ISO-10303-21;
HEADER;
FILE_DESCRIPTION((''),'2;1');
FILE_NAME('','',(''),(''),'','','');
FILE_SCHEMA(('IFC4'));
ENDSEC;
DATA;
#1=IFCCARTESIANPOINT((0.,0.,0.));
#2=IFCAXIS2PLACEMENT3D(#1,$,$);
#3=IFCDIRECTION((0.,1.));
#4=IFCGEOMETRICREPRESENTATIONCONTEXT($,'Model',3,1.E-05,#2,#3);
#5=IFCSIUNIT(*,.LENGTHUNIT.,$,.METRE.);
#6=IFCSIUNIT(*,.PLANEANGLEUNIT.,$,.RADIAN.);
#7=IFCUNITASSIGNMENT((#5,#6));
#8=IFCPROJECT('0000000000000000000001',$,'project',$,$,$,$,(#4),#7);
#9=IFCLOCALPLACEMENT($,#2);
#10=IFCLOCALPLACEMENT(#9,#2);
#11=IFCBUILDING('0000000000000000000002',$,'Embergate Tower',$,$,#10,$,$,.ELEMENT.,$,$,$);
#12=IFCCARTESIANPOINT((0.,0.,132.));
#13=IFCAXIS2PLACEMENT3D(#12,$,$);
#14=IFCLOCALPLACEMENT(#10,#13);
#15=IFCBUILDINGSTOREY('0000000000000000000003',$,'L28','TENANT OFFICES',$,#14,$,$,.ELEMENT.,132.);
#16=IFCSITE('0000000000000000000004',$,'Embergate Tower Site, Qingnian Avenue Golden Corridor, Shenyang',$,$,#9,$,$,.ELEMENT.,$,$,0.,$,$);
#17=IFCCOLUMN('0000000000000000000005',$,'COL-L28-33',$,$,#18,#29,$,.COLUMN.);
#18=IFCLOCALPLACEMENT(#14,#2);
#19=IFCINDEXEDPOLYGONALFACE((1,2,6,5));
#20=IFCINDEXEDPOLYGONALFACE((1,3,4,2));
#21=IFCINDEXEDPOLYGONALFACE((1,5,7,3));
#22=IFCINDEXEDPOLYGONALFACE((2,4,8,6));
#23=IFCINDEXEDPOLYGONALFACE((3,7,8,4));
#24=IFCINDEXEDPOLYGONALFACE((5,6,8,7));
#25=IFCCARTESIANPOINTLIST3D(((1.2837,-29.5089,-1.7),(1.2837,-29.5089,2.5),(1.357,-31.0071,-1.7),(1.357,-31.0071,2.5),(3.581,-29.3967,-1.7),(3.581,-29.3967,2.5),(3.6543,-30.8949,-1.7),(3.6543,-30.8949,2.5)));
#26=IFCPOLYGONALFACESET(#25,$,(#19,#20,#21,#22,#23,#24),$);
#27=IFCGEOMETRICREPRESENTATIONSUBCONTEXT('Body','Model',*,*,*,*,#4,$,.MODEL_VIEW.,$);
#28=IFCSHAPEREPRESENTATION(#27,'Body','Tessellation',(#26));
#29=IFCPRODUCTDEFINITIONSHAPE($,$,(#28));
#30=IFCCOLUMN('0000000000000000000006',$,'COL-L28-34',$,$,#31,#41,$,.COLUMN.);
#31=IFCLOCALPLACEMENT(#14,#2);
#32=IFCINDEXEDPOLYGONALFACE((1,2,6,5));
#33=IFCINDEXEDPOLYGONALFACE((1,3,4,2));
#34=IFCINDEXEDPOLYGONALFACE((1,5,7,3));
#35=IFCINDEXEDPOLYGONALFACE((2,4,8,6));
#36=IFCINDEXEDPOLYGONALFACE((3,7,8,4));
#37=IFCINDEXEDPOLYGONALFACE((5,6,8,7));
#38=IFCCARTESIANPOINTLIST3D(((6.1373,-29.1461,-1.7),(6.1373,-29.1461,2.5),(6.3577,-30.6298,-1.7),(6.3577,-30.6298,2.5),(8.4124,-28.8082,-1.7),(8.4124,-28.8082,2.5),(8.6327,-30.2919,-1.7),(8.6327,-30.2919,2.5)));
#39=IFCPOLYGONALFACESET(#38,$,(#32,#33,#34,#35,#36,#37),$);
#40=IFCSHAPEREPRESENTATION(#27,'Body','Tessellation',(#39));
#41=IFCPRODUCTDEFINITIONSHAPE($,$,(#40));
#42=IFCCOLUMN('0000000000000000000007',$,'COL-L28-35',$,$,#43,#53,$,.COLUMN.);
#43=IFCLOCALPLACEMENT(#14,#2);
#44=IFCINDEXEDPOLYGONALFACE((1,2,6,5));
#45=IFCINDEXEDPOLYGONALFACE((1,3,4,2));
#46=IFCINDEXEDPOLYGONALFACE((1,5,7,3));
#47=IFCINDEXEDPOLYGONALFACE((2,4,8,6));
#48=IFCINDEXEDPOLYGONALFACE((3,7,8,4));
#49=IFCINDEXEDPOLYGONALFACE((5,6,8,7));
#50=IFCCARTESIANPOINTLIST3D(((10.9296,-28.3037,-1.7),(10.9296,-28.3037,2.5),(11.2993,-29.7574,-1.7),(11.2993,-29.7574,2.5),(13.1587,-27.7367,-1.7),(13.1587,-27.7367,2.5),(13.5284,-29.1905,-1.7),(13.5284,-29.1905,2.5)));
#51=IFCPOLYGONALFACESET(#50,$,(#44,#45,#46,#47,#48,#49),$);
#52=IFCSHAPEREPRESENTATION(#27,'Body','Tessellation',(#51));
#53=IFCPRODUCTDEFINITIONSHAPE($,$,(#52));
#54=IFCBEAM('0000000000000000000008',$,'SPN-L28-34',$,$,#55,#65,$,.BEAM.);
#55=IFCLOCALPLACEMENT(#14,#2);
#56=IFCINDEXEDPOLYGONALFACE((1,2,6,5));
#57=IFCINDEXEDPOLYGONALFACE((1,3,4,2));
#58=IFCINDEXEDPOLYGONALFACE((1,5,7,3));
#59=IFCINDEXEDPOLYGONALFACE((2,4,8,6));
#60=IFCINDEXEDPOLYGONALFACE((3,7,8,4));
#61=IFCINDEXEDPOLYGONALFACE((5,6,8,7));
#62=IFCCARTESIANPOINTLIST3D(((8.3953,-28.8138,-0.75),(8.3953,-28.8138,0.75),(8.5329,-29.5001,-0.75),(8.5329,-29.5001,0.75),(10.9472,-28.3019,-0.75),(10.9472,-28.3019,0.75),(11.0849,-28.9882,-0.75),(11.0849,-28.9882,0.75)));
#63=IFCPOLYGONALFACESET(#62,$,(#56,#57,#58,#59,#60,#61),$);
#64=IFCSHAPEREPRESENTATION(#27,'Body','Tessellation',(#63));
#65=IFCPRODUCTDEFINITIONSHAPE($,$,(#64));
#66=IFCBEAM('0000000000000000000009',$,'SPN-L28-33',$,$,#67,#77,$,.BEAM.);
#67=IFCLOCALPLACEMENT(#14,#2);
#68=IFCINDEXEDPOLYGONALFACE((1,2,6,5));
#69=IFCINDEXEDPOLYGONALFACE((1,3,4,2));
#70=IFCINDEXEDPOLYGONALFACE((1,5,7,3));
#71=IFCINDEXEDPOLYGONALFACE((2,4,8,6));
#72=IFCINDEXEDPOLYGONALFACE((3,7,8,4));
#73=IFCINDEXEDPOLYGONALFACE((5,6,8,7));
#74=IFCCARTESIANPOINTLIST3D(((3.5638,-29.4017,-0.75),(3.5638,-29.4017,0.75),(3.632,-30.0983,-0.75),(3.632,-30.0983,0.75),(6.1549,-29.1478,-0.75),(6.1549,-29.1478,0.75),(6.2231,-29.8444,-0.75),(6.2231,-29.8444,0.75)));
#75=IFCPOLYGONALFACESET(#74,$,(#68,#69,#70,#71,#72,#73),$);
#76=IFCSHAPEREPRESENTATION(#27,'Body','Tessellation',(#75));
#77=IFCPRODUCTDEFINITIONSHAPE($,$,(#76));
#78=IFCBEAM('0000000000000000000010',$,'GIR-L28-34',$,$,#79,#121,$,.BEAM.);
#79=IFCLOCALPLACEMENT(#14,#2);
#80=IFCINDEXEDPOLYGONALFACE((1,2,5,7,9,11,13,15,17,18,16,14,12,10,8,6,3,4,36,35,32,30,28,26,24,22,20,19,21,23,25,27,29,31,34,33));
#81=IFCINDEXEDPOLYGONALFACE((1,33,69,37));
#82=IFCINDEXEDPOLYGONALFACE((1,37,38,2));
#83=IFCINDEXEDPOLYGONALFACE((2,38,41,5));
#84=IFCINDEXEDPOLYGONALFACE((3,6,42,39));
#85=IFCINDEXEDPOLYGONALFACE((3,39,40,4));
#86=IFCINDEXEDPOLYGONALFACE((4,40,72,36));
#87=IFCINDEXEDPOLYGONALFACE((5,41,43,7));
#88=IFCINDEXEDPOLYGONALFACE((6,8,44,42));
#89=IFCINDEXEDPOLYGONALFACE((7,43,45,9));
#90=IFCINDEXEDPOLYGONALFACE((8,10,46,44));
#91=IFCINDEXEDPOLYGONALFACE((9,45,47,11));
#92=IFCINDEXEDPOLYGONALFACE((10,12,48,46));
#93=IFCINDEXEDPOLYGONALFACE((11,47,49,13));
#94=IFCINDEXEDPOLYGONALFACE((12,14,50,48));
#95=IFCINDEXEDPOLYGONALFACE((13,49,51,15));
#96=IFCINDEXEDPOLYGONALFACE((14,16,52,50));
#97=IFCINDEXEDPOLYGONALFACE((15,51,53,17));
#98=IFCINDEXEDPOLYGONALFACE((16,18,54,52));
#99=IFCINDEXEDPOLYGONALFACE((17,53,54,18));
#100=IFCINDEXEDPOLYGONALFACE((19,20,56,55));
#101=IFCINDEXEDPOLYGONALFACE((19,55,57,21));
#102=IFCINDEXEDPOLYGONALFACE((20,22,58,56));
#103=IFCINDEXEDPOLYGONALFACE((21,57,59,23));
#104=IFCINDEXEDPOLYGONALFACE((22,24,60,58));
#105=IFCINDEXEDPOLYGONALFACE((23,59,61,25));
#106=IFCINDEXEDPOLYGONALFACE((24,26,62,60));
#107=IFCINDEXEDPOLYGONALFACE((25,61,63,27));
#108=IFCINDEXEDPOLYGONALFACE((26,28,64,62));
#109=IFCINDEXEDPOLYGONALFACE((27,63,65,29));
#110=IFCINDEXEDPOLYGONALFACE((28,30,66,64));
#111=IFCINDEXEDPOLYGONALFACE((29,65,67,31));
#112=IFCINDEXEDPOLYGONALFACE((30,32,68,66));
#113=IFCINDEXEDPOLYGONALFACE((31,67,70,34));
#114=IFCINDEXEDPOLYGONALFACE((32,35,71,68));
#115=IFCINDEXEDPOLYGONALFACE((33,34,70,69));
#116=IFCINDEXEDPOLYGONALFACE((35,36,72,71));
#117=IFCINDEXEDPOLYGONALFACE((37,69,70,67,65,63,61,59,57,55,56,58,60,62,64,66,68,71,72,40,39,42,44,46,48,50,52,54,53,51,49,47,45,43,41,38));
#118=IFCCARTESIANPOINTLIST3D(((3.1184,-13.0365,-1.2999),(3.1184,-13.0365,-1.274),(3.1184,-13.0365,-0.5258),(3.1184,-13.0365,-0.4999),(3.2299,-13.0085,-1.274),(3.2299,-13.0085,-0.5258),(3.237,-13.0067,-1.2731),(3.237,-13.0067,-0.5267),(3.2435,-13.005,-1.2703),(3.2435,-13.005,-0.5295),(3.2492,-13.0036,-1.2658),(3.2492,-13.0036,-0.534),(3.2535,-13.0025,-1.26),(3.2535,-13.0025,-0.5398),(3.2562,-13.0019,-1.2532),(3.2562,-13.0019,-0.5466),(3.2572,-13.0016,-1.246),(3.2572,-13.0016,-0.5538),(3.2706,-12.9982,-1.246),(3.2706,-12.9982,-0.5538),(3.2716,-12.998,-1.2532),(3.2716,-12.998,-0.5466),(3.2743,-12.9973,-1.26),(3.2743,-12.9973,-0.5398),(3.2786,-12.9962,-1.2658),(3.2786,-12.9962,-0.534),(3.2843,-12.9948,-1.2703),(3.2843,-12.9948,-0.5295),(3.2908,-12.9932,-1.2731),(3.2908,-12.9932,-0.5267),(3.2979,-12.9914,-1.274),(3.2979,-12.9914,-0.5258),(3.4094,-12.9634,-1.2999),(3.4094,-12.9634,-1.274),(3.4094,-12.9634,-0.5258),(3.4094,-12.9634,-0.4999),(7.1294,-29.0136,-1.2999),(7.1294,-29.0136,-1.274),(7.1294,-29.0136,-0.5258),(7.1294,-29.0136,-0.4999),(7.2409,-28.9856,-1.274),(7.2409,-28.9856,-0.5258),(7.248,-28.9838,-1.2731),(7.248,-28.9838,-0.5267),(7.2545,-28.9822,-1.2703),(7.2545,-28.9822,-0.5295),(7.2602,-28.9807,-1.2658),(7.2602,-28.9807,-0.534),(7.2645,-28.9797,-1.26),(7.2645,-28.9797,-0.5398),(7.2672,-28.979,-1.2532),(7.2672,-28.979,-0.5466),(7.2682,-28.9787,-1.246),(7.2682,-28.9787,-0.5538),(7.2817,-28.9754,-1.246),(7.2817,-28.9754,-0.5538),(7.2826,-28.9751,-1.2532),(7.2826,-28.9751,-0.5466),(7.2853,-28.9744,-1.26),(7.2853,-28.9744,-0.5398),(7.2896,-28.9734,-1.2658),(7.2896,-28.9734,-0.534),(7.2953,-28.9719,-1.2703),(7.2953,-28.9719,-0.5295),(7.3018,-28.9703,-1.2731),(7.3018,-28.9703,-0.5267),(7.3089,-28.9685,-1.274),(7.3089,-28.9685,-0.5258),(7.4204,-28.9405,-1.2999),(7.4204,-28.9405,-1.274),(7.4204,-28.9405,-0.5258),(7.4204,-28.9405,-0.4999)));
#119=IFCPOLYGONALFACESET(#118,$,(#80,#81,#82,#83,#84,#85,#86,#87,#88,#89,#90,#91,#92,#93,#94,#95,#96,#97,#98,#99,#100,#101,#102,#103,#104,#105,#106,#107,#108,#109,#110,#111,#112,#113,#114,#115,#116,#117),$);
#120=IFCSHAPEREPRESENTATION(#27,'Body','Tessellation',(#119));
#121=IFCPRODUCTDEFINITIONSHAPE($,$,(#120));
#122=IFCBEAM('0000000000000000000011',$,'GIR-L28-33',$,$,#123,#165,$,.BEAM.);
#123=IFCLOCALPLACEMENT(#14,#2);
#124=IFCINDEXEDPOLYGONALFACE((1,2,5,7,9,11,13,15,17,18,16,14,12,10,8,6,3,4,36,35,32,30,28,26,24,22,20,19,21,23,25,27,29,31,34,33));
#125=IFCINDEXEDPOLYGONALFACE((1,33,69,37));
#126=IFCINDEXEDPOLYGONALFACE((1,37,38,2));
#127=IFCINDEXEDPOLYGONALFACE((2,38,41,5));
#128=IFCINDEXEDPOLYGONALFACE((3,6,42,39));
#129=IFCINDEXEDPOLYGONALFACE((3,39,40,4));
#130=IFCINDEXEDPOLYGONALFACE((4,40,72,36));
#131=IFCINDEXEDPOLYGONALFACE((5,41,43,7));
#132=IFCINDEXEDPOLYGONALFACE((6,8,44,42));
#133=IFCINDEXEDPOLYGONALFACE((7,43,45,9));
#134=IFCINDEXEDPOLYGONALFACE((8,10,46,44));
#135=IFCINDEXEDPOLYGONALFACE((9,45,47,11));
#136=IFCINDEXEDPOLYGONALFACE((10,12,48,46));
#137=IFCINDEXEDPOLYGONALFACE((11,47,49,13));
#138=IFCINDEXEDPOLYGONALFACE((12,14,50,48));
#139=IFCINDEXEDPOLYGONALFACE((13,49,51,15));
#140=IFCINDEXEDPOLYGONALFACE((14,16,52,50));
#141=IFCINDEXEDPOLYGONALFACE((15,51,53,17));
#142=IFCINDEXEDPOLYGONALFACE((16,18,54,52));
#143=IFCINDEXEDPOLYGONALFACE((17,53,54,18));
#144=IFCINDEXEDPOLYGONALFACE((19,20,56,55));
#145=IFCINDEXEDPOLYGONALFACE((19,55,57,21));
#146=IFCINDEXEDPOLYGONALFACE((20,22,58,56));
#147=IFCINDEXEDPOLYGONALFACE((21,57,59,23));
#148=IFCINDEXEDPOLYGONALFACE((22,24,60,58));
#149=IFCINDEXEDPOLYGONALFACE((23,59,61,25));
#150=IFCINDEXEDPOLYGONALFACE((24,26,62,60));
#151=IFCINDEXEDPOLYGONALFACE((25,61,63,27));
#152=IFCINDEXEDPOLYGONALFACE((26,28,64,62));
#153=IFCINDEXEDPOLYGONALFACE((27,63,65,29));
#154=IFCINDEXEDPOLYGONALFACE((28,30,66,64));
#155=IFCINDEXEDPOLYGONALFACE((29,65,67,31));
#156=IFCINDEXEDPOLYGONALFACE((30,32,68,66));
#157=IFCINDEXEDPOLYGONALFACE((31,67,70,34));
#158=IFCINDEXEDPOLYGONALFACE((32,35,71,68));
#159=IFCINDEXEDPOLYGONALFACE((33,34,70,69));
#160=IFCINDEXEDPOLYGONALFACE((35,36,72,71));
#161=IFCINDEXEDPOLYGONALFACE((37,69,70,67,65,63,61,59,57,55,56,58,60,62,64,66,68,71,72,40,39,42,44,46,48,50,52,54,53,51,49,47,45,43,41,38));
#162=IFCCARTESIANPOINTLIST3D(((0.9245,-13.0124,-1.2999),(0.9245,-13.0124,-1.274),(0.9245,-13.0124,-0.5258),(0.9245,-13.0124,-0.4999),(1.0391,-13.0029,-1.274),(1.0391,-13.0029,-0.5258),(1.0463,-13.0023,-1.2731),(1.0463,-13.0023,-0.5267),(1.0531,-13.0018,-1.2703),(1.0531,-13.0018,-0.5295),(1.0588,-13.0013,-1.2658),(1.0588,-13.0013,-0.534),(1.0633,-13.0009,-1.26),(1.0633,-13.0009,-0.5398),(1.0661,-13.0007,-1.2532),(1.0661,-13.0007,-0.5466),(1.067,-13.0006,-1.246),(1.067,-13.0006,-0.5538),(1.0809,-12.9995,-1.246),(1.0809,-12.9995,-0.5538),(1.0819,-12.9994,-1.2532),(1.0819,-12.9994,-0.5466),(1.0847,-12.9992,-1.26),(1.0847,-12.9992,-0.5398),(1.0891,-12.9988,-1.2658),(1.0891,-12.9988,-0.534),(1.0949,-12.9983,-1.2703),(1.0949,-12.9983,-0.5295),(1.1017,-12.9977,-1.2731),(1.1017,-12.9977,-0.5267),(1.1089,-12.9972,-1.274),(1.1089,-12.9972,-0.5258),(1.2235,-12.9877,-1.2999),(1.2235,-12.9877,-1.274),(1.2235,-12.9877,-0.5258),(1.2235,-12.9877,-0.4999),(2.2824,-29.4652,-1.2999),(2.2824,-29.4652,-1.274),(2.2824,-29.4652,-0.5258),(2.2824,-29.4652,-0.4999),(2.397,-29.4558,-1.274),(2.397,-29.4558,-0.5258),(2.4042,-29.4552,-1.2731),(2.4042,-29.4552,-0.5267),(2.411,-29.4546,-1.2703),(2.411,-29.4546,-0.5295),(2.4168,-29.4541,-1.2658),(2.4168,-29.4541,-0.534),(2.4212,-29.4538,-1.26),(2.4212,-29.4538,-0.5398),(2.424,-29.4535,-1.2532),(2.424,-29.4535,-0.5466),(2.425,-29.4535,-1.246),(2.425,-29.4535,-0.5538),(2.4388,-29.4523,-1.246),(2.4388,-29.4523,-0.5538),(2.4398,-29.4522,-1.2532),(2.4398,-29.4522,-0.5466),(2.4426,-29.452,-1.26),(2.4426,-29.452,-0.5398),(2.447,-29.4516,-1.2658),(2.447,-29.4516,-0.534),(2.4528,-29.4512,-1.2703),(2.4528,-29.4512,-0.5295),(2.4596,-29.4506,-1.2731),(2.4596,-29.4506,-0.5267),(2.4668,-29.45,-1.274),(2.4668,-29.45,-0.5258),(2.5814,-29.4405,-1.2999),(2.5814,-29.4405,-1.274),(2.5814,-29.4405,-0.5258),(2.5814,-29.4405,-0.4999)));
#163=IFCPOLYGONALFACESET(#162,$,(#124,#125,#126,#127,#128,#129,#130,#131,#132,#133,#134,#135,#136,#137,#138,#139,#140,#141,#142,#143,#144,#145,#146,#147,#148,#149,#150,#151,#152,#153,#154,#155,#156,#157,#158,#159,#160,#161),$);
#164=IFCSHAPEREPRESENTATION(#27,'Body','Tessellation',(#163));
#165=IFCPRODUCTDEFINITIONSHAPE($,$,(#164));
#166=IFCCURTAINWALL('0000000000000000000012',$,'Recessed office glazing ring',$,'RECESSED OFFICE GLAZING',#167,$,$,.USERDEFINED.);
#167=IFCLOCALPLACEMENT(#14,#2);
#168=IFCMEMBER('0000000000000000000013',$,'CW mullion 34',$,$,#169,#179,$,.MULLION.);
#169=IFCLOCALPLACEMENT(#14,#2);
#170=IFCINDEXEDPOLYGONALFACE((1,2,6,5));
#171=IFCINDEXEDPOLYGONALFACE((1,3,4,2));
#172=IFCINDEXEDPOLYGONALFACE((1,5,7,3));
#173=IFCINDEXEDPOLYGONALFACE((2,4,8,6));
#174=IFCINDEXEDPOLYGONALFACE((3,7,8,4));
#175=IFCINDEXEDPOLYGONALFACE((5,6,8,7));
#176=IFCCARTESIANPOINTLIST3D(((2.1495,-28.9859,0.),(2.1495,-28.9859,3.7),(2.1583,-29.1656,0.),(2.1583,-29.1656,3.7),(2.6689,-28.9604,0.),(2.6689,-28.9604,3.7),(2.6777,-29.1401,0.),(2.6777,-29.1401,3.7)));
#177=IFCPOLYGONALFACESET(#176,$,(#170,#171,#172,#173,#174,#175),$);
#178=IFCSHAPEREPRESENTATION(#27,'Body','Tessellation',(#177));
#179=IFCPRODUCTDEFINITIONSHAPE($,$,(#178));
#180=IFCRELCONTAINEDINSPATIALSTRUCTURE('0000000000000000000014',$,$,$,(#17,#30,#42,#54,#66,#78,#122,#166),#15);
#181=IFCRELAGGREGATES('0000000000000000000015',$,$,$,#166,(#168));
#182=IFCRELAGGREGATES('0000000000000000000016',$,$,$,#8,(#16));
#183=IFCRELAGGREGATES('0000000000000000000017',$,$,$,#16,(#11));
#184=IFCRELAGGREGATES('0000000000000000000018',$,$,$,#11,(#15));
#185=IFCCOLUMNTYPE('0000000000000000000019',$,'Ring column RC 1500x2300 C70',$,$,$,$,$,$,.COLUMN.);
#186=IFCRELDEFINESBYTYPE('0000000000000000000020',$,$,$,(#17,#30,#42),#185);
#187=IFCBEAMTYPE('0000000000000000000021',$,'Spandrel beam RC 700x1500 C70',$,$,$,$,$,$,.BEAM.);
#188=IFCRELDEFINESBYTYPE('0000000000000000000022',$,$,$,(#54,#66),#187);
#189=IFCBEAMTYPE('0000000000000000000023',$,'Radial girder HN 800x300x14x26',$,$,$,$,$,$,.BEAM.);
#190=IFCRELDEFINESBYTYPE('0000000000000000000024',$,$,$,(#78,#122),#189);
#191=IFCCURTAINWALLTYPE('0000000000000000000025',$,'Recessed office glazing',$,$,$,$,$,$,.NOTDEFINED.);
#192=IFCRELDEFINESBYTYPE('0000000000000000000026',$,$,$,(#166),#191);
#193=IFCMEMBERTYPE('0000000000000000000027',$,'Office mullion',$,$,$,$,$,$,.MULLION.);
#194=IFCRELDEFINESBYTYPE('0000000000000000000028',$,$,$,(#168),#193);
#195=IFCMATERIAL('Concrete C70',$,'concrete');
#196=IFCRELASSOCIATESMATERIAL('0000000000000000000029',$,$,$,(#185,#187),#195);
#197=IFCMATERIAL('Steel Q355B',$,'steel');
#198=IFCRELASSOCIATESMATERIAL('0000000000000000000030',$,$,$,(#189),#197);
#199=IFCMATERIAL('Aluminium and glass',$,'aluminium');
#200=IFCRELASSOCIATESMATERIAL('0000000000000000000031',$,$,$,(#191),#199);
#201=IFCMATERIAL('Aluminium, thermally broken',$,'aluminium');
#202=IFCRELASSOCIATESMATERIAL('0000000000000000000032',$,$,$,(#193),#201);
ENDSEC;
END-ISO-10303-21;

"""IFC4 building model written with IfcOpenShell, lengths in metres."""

from ifc_helpers import new_model, si_unit, direction, frame, origin, origin_2d, place, context, subcontext, project, spatial, rectangle, i_section, extrude, source, transform, mapped, material, material_profile, profile_set, type_object, element, aggregate, save


model = new_model("IFC4")

# Units and contexts
model_context = context("Model", 3, precision=1e-05, world=origin(), true_north=direction((0.0, 1.0)))
body_context = subcontext(model_context, "Body", "Model", "MODEL_VIEW")
ifc_project = project(units=[si_unit("LENGTHUNIT", "METRE"), si_unit("PLANEANGLEUNIT", "RADIAN")], contexts=[model_context])

# Site, building, storey
site_placement = place(None, origin())
site = spatial("IfcSite", under=ifc_project, at=site_placement, Name="Embergate Tower Site, Qingnian Avenue Golden Corridor, Shenyang", CompositionType="ELEMENT", RefElevation=0.0)
building_placement = place(site_placement, origin())
building = spatial("IfcBuilding", under=site, at=building_placement, Name="Embergate Tower", CompositionType="ELEMENT")
storey_placement = place(building_placement, frame((0.0, 0.0, 132.0)))
storey = spatial("IfcBuildingStorey", under=building, at=storey_placement, Name="L28", Description="TENANT OFFICES", CompositionType="ELEMENT", Elevation=132.0)

# Columns
ifc_material_1 = material(Name="Concrete C70", Category="concrete")
ifc_material_profile_1 = material_profile(ifc_material_1, rectangle(XDim=1.5, YDim=2.3, at=origin_2d()), Name="RC 1500x2300")
ifc_profile_set_1 = profile_set([ifc_material_profile_1], Name="Concrete C70")
column_type = type_object("IfcColumnType", Name="Ring column RC 1500x2300 C70", PredefinedType="COLUMN", material=ifc_profile_set_1)
shared_shape_1 = source(origin(), body_context, "Body", "SweptSolid", [
    extrude(rectangle(XDim=1.5, YDim=2.3, at=origin_2d()), origin(), (0.0, 0.0, 1.0), 4.2),
])
for number, where, z_axis, x_axis, name in (
    (1, (2.469, -30.2019, -1.7), (0.0, 0.0, 1.0), (0.048815, -0.998808, 0.0), "COL-L28-33"),
    (2, (7.385, -29.719, -1.7), (0.0, 0.0, 1.0), (0.146929, -0.989147, 0.0), "COL-L28-34"),
    (3, (12.229, -28.7471, -1.7), (0.0, 0.0, 1.0), (0.246492, -0.969145, 0.0), "COL-L28-35"),
):
    element("IfcColumn", number, at=place(storey_placement, frame(where, z_axis=z_axis, x_axis=x_axis)), inside=storey, type_object=column_type, Name=name, PredefinedType="COLUMN", context=body_context, shape_type="MappedRepresentation", body=[
        mapped(shared_shape_1, transform((0.0, 0.0, 0.0))),
    ])

# Beams
ifc_material_profile_2 = material_profile(ifc_material_1, rectangle(XDim=0.7, YDim=1.5, at=origin_2d()), Name="RC 700x1500")
ifc_profile_set_2 = profile_set([ifc_material_profile_2], Name="Concrete C70")
beam_type_1 = type_object("IfcBeamType", Name="Spandrel beam RC 700x1500 C70", PredefinedType="BEAM", material=ifc_profile_set_2)
shared_shape_2 = source(origin(), body_context, "Body", "SweptSolid", [
    extrude(rectangle(XDim=0.7, YDim=1.5, at=origin_2d()), origin(), (0.0, 0.0, 1.0), 2.6028),
])
beam_1_placement = place(storey_placement, frame((8.4641, -29.157, 0.0), z_axis=(0.980465, 0.196693, 0.0), x_axis=(-0.196693, 0.980465, 0.0)))
element("IfcBeam", 4, at=beam_1_placement, inside=storey, type_object=beam_type_1, Name="SPN-L28-34", PredefinedType="BEAM", context=body_context, shape_type="MappedRepresentation", body=[
    mapped(shared_shape_2, transform((0.0, 0.0, 0.0))),
])
shared_shape_3 = source(origin(), body_context, "Body", "SweptSolid", [
    extrude(rectangle(XDim=0.7, YDim=1.5, at=origin_2d()), origin(), (0.0, 0.0, 1.0), 2.6035),
])
beam_2_placement = place(storey_placement, frame((3.5979, -29.75, 0.0), z_axis=(0.995233, 0.097526, 0.0), x_axis=(-0.097526, 0.995233, 0.0)))
element("IfcBeam", 5, at=beam_2_placement, inside=storey, type_object=beam_type_1, Name="SPN-L28-33", PredefinedType="BEAM", context=body_context, shape_type="MappedRepresentation", body=[
    mapped(shared_shape_3, transform((0.0, 0.0, 0.0))),
])
ifc_material_2 = material(Name="Steel Q355B", Category="steel")
ifc_material_profile_3 = material_profile(ifc_material_2, i_section(OverallWidth=0.3, OverallDepth=0.8, WebThickness=0.0139, FlangeThickness=0.0259, FilletRadius=0.0281, at=origin_2d()), Name="HN 800x300x14x26")
ifc_profile_set_3 = profile_set([ifc_material_profile_3], Name="Steel Q355 grade B")
beam_type_2 = type_object("IfcBeamType", Name="Radial girder HN 800x300x14x26", PredefinedType="BEAM", material=ifc_profile_set_3)
shared_shape_4 = source(origin(), body_context, "Body", "SweptSolid", [
    extrude(i_section(OverallWidth=0.3, OverallDepth=0.8, WebThickness=0.0139, FlangeThickness=0.0259, FilletRadius=0.0281, at=origin_2d()), origin(), (0.0, 0.0, 1.0), 16.4729),
])
beam_3_placement = place(storey_placement, frame((7.2749, -28.9771, -0.8999), z_axis=(-0.243491, 0.969903, 0.0), x_axis=(-0.969903, -0.243491, 0.0)))
element("IfcBeam", 6, at=beam_3_placement, inside=storey, type_object=beam_type_2, Name="GIR-L28-34", PredefinedType="BEAM", context=body_context, shape_type="MappedRepresentation", body=[
    mapped(shared_shape_4, transform((0.0, 0.0, 0.0))),
])
shared_shape_5 = source(origin(), body_context, "Body", "SweptSolid", [
    extrude(i_section(OverallWidth=0.3, OverallDepth=0.8, WebThickness=0.0139, FlangeThickness=0.0259, FilletRadius=0.0281, at=origin_2d()), origin(), (0.0, 0.0, 1.0), 16.5088),
])
beam_4_placement = place(storey_placement, frame((2.4319, -29.4529, -0.8999), z_axis=(-0.082254, 0.996611, 0.0), x_axis=(-0.996611, -0.082254, 0.0)))
element("IfcBeam", 7, at=beam_4_placement, inside=storey, type_object=beam_type_2, Name="GIR-L28-33", PredefinedType="BEAM", context=body_context, shape_type="MappedRepresentation", body=[
    mapped(shared_shape_5, transform((0.0, 0.0, 0.0))),
])

# Curtain wall, member
ifc_material_3 = material(Name="Aluminium and glass", Category="aluminium")
curtain_wall_type = type_object("IfcCurtainWallType", Name="Recessed office glazing", PredefinedType="NOTDEFINED", material=ifc_material_3)
curtain_wall_placement = place(storey_placement, origin())
curtain_wall = element("IfcCurtainWall", 8, at=curtain_wall_placement, inside=storey, type_object=curtain_wall_type, Name="Recessed office glazing ring", ObjectType="RECESSED OFFICE GLAZING", PredefinedType="USERDEFINED")
ifc_material_4 = material(Name="Aluminium, thermally broken", Category="aluminium")
ifc_material_profile_4 = material_profile(ifc_material_4, rectangle(XDim=0.1799, YDim=0.52, at=origin_2d()), Name="AL 520x180")
ifc_profile_set_4 = profile_set([ifc_material_profile_4], Name="Aluminium, thermally broken")
member_type_1 = type_object("IfcMemberType", Name="Office mullion", PredefinedType="MULLION", material=ifc_profile_set_4)
shared_shape_6 = source(origin(), body_context, "Body", "SweptSolid", [
    extrude(rectangle(XDim=0.1799, YDim=0.52, at=origin_2d()), origin(), (0.0, 0.0, 1.0), 3.7),
])
member_1_placement = place(storey_placement, frame((2.4136, -29.063, 0.0), z_axis=(0.0, 0.0, 1.0), x_axis=(-0.048972, 0.9988, 0.0)))
member_1 = element("IfcMember", 9, at=member_1_placement, type_object=member_type_1, Name="CW mullion 34", PredefinedType="MULLION", context=body_context, shape_type="MappedRepresentation", body=[
    mapped(shared_shape_6, transform((0.0, 0.0, 0.0))),
])
aggregate(curtain_wall, [member_1])

save(model, "model.ifc")
